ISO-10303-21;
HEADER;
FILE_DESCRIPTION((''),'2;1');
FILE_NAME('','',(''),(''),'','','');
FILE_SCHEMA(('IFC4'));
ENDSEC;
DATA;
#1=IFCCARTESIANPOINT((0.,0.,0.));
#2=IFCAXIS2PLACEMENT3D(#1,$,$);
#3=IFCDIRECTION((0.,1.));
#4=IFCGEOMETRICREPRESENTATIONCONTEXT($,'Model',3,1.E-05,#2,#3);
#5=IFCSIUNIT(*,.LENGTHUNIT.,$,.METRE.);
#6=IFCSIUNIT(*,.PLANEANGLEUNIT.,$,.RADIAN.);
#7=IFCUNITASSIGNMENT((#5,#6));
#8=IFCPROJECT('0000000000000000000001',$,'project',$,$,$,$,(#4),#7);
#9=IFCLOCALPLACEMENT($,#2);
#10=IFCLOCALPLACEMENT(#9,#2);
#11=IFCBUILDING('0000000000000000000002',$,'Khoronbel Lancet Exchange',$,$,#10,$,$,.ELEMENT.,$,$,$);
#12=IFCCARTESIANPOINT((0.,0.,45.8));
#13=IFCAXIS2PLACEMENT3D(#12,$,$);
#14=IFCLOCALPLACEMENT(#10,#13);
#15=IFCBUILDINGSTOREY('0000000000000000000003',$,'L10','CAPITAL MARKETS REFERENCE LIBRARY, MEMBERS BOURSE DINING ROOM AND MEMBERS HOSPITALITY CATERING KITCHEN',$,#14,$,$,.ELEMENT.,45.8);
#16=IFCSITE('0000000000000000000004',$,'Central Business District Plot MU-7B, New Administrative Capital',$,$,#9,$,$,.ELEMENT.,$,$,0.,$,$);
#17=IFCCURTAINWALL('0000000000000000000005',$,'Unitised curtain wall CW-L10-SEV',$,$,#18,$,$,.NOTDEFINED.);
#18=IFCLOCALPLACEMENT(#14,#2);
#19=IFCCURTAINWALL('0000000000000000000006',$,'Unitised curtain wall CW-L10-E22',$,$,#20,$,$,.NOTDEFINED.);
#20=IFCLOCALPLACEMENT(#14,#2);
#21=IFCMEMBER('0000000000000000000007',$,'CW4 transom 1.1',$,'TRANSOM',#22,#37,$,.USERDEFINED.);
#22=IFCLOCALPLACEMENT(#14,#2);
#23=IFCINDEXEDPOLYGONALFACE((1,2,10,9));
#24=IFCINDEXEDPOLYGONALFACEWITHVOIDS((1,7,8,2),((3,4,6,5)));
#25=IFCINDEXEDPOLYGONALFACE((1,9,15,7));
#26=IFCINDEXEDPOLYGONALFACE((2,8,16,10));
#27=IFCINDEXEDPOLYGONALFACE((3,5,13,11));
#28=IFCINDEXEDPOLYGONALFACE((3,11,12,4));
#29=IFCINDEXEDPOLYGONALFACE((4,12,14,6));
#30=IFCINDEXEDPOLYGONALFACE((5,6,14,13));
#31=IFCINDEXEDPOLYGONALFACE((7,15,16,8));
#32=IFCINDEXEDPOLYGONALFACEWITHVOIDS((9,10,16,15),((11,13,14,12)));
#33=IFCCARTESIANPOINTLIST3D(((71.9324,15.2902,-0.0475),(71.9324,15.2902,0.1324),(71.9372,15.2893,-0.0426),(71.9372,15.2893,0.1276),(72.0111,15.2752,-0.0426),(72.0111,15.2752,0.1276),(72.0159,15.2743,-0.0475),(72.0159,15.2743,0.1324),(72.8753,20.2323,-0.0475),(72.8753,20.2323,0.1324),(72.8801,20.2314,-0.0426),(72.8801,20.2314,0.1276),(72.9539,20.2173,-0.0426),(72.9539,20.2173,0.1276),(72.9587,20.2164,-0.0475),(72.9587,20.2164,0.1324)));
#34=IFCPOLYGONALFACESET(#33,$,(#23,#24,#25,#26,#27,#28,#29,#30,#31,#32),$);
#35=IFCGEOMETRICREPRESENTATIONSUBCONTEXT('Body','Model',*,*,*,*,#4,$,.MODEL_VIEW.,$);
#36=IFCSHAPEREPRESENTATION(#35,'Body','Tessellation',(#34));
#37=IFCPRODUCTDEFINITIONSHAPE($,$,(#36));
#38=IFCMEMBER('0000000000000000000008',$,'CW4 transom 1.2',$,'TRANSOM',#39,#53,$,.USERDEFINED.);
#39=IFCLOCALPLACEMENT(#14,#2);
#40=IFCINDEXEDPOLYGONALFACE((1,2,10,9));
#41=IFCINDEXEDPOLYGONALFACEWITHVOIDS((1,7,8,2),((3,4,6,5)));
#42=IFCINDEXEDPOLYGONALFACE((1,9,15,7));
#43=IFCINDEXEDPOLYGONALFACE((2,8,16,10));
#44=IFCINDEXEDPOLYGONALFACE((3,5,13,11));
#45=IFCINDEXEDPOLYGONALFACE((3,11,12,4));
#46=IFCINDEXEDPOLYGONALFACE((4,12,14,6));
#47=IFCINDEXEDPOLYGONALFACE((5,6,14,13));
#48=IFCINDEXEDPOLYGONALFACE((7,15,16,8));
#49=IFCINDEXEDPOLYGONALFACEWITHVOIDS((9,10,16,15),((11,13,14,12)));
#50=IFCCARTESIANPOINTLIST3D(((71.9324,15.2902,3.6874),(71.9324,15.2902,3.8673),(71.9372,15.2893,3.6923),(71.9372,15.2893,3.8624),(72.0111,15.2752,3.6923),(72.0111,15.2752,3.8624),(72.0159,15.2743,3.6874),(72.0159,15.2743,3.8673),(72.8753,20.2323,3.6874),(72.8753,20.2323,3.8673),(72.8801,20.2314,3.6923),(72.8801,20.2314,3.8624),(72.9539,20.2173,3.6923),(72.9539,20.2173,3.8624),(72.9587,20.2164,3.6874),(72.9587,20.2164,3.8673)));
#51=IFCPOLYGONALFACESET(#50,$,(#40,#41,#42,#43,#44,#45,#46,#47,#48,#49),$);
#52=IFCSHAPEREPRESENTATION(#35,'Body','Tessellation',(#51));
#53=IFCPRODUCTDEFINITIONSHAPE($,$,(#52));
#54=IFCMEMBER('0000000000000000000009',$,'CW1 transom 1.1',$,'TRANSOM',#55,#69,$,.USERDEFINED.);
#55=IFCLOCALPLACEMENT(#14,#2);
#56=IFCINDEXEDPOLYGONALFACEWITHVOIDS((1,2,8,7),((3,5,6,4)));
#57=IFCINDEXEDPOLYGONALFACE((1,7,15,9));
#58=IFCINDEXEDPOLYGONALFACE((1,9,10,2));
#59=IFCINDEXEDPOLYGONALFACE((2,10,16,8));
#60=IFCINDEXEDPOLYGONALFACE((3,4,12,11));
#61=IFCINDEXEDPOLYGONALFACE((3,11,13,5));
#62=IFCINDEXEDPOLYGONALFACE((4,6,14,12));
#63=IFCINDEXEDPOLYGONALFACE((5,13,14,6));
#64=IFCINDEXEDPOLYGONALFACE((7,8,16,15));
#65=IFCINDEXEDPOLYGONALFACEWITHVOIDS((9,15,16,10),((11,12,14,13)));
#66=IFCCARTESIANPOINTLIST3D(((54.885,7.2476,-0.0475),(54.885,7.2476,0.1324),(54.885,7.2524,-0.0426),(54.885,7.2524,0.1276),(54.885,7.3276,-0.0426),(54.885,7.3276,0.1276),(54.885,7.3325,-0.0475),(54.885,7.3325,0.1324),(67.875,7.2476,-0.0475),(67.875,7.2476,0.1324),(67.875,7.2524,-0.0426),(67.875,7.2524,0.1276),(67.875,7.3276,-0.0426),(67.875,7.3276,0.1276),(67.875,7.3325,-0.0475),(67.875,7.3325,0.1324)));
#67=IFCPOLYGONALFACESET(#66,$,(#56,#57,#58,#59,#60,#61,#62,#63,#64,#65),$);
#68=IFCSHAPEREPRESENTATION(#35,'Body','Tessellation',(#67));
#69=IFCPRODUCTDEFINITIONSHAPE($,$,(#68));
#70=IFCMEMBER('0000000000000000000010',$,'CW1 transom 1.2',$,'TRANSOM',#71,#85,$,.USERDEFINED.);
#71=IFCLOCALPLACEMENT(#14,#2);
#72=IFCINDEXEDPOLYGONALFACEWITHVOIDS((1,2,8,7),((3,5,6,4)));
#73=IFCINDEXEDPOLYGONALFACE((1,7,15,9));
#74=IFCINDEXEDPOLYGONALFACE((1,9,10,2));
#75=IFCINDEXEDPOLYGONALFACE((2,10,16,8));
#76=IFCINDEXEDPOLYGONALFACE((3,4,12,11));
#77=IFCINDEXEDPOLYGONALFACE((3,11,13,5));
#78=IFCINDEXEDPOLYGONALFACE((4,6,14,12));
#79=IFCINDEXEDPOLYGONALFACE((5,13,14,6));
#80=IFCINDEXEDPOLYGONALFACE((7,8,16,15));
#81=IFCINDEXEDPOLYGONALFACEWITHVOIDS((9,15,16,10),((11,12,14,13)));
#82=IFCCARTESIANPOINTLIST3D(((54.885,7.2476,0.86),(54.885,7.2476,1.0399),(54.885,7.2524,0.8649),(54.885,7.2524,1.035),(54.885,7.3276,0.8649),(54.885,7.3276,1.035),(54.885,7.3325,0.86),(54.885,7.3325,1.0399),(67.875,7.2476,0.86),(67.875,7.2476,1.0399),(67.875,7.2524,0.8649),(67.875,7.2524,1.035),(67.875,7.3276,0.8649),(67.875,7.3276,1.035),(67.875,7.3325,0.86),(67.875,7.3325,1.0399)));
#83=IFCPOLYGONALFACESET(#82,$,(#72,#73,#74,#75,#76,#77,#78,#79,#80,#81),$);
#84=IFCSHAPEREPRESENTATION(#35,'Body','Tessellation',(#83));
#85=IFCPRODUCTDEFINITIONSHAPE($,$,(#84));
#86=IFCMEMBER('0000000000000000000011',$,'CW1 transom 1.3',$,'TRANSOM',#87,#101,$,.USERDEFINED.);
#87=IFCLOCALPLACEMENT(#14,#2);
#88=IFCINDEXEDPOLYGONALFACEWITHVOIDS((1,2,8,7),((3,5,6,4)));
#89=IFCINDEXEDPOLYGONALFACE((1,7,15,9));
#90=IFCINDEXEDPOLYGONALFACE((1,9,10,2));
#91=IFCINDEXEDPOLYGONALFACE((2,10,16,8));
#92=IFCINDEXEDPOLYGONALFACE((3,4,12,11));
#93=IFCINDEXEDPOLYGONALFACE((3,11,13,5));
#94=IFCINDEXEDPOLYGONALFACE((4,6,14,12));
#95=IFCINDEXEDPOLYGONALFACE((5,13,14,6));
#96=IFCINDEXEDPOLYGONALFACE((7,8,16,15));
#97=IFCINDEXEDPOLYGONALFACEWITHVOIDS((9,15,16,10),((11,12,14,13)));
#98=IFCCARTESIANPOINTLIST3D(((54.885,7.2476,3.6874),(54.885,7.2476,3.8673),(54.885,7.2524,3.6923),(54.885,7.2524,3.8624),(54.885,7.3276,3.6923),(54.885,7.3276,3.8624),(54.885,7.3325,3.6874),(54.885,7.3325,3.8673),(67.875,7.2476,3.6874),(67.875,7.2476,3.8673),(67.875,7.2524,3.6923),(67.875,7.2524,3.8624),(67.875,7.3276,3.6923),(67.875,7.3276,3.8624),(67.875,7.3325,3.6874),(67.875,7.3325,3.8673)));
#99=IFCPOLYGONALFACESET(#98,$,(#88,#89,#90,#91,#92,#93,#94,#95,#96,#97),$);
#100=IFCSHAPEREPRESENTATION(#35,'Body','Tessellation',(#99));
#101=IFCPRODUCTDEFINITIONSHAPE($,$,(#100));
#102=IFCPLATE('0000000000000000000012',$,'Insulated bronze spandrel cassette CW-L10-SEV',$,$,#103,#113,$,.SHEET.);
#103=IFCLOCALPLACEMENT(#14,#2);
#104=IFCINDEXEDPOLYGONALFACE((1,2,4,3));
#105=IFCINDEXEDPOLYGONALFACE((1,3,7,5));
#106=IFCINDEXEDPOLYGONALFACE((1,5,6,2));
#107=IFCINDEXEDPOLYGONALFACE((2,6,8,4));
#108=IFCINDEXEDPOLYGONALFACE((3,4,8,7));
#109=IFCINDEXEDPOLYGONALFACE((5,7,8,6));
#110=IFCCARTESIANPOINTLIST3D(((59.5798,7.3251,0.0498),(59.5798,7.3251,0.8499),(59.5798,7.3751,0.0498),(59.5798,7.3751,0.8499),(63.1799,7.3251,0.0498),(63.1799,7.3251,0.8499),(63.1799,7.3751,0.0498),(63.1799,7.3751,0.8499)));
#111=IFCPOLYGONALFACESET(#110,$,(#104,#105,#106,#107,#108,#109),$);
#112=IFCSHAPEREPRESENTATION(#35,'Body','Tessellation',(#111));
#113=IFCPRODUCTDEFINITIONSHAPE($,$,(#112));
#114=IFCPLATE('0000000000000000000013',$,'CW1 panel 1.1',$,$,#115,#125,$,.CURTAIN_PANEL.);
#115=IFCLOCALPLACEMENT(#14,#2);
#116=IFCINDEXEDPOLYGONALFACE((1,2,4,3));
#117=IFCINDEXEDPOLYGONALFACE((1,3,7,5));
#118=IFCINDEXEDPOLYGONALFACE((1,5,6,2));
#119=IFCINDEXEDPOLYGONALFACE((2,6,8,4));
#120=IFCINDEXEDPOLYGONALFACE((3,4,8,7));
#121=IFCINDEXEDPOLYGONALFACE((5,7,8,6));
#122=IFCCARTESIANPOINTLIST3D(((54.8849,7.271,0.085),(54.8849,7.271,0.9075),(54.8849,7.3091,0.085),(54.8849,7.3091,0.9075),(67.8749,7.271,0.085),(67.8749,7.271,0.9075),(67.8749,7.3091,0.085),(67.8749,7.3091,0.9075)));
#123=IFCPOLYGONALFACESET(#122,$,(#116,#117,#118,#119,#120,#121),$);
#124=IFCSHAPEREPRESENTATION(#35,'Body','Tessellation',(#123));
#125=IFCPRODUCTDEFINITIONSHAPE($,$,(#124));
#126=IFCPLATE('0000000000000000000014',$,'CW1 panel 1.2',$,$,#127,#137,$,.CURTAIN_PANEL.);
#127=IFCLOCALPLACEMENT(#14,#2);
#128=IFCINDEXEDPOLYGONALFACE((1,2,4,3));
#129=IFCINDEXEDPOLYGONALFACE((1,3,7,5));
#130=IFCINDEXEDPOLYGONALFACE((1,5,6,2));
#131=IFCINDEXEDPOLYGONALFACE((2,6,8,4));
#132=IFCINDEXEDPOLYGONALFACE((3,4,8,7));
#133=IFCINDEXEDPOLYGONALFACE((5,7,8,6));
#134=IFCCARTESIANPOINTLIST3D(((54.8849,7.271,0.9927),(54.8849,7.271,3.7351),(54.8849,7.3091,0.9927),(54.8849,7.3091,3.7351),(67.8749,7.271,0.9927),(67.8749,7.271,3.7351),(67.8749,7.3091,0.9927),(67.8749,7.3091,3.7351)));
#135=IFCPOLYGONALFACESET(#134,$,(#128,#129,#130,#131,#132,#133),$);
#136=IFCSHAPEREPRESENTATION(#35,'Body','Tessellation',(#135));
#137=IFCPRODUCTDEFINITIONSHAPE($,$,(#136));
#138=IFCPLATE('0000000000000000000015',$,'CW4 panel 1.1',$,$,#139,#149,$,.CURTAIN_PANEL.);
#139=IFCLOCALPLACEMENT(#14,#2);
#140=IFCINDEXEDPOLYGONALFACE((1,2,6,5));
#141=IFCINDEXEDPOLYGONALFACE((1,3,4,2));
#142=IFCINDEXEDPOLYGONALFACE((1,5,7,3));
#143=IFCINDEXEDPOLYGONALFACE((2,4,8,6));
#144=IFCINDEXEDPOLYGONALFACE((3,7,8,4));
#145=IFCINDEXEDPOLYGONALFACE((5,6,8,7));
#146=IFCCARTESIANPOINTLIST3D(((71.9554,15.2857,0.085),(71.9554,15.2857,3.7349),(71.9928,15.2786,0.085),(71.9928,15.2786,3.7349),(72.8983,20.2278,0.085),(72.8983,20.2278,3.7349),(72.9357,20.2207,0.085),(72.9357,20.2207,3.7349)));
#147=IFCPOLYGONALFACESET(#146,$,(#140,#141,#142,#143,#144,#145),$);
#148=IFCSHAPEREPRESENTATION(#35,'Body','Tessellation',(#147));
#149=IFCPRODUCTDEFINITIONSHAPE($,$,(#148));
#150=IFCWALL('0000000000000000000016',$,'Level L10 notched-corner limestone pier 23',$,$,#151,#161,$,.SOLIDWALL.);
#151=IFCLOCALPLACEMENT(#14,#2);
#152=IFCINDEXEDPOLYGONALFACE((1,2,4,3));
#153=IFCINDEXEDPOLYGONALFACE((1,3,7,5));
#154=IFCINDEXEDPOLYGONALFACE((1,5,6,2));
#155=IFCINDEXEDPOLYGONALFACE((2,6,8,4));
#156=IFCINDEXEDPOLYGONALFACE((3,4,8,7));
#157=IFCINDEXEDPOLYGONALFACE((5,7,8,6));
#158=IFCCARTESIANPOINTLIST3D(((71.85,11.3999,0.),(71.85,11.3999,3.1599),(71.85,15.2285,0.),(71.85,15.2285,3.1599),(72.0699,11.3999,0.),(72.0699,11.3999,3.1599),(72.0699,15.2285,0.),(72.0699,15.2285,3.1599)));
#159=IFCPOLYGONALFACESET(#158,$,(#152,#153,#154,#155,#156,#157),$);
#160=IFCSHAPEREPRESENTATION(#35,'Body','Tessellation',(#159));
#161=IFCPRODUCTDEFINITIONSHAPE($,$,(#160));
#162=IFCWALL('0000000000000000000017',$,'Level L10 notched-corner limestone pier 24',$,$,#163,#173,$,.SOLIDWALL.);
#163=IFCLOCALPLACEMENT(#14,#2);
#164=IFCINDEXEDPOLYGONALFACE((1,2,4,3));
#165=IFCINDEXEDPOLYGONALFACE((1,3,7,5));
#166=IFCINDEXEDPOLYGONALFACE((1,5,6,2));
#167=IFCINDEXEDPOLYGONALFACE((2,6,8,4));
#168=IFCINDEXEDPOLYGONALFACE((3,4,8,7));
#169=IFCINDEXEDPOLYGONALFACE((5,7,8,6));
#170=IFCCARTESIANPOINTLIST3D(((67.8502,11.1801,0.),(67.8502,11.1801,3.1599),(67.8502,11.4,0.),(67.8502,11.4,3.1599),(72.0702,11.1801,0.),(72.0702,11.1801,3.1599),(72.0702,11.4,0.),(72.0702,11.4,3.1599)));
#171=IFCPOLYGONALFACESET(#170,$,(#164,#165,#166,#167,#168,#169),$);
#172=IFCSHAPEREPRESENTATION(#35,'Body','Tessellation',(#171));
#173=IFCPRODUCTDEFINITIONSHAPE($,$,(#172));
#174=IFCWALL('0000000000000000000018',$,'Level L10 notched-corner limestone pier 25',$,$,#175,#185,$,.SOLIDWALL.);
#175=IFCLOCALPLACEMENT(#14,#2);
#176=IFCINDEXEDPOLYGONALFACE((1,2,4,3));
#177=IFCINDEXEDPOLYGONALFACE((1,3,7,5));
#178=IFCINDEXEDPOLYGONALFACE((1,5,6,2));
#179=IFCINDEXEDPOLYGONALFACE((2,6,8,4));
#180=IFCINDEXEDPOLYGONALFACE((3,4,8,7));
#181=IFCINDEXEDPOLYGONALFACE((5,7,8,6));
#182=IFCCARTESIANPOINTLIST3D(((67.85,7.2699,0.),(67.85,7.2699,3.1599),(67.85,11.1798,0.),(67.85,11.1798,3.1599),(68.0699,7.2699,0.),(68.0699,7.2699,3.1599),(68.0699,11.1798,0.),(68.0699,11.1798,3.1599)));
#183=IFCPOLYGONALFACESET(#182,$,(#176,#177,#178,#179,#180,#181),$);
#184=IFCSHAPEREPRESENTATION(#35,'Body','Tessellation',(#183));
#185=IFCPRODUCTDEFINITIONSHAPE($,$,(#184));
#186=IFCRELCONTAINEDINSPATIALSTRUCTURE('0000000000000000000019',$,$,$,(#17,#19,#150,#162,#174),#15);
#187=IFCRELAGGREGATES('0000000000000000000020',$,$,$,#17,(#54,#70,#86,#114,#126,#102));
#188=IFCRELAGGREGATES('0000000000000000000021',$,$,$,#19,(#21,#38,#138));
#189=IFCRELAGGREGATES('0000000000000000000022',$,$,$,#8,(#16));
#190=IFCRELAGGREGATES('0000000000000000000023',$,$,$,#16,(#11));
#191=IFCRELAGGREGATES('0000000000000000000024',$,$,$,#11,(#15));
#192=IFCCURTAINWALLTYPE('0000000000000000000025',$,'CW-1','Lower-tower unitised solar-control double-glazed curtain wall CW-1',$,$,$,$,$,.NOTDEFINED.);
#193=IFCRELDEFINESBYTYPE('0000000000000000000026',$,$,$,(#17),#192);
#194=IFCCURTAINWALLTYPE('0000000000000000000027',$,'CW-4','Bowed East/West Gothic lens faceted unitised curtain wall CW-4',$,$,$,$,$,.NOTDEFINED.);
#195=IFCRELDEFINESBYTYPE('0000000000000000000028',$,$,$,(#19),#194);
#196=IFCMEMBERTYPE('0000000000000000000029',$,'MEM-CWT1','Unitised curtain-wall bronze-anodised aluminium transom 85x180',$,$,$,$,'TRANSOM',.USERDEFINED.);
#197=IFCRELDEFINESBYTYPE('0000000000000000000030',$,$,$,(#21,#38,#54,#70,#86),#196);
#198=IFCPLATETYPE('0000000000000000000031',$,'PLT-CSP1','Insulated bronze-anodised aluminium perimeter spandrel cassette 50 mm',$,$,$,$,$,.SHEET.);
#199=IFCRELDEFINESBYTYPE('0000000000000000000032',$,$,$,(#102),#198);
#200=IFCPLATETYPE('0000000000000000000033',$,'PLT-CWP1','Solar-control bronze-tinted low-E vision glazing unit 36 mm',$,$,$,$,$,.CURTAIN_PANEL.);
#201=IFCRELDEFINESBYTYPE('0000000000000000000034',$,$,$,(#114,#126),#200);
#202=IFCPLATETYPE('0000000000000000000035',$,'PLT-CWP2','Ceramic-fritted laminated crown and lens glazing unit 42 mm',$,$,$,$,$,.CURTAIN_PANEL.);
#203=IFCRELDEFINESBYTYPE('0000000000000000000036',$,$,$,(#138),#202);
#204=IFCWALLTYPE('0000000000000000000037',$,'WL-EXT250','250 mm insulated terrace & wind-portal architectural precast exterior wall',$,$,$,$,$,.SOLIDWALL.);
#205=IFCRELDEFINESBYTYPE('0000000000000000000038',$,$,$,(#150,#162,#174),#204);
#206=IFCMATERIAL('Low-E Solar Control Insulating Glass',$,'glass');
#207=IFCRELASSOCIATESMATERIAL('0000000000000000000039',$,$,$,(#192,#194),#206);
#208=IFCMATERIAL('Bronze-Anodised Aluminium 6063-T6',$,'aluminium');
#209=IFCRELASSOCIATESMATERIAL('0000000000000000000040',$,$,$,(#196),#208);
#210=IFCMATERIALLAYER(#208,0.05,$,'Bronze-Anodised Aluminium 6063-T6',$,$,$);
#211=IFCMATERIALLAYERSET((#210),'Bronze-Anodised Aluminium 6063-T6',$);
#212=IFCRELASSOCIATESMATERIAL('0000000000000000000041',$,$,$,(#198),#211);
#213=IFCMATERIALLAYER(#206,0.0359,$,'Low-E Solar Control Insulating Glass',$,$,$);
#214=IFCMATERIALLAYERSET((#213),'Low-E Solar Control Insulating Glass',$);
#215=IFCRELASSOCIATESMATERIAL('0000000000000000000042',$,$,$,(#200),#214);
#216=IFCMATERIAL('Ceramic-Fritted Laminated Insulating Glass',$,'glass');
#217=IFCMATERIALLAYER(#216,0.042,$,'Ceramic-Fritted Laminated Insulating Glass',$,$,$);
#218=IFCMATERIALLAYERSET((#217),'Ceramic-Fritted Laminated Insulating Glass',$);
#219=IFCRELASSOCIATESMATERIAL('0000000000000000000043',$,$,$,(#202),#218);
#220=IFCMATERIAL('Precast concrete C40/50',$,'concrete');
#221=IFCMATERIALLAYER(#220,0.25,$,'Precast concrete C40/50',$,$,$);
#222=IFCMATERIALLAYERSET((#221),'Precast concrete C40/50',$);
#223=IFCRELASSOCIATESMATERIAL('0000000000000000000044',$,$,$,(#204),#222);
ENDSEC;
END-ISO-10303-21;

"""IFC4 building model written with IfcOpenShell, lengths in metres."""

from ifc_helpers import new_model, si_unit, direction, frame, frame_2d, origin, origin_2d, place, context, subcontext, project, spatial, rectangle, hollow_rectangle, extrude, material, layer, layer_set, material_profile, profile_set, type_object, element, aggregate, save


model = new_model("IFC4")

# Units and contexts
model_context = context("Model", 3, precision=1e-05, world=origin(), true_north=direction((0.0, 1.0)))
body_context = subcontext(model_context, "Body", "Model", "MODEL_VIEW")
ifc_project = project(units=[si_unit("LENGTHUNIT", "METRE"), si_unit("PLANEANGLEUNIT", "RADIAN")], contexts=[model_context])

# Site, building, storey
site_placement = place(None, origin())
site = spatial("IfcSite", under=ifc_project, at=site_placement, Name="Central Business District Plot MU-7B, New Administrative Capital", CompositionType="ELEMENT", RefElevation=0.0)
building_placement = place(site_placement, origin())
building = spatial("IfcBuilding", under=site, at=building_placement, Name="Khoronbel Lancet Exchange", CompositionType="ELEMENT")
storey_placement = place(building_placement, frame((0.0, 0.0, 45.8)))
storey = spatial("IfcBuildingStorey", under=building, at=storey_placement, Name="L10", Description="CAPITAL MARKETS REFERENCE LIBRARY, MEMBERS BOURSE DINING ROOM AND MEMBERS HOSPITALITY CATERING KITCHEN", CompositionType="ELEMENT", Elevation=45.8)

# Shared definitions
ifc_material_1 = material(Name="Low-E Solar Control Insulating Glass", Category="glass")
curtain_wall_type_1 = type_object("IfcCurtainWallType", Name="CW-1", Description="Lower-tower unitised solar-control double-glazed curtain wall CW-1", PredefinedType="NOTDEFINED", material=ifc_material_1)
ifc_material_2 = material(Name="Bronze-Anodised Aluminium 6063-T6", Category="aluminium")

# Curtain walls, members
curtain_wall_1_placement = place(storey_placement, origin())
curtain_wall_1 = element("IfcCurtainWall", 1, at=curtain_wall_1_placement, inside=storey, type_object=curtain_wall_type_1, Name="Unitised curtain wall CW-L10-SEV", PredefinedType="NOTDEFINED")
curtain_wall_type_2 = type_object("IfcCurtainWallType", Name="CW-4", Description="Bowed East/West Gothic lens faceted unitised curtain wall CW-4", PredefinedType="NOTDEFINED", material=ifc_material_1)
curtain_wall_2_placement = place(storey_placement, origin())
curtain_wall_2 = element("IfcCurtainWall", 2, at=curtain_wall_2_placement, inside=storey, type_object=curtain_wall_type_2, Name="Unitised curtain wall CW-L10-E22", PredefinedType="NOTDEFINED")
ifc_material_profile_1 = material_profile(ifc_material_2, hollow_rectangle(XDim=0.085, YDim=0.1799, WallThickness=0.0049, at=origin_2d()), Name="ALU TRANSOM 85x180")
ifc_profile_set_1 = profile_set([ifc_material_profile_1], Name="Bronze-Anodised Aluminium 6063-T6")
member_type_1 = type_object("IfcMemberType", Name="MEM-CWT1", Description="Unitised curtain-wall bronze-anodised aluminium transom 85x180", ElementType="TRANSOM", PredefinedType="USERDEFINED", material=ifc_profile_set_1)
member_1_placement = place(storey_placement, frame((72.917, 20.2244, 0.0425), z_axis=(-0.187402, -0.982283, 0.0), x_axis=(0.982283, -0.187402, 0.0)))
member_1 = element("IfcMember", 3, at=member_1_placement, type_object=member_type_1, Name="CW4 transom 1.1", ObjectType="TRANSOM", PredefinedType="USERDEFINED", context=body_context, shape_type="SweptSolid", body=[
    extrude(hollow_rectangle(XDim=0.085, YDim=0.1799, WallThickness=0.0049, at=origin_2d()), origin(), (0.0, 0.0, 1.0), 5.0312),
])
member_2_placement = place(storey_placement, frame((72.917, 20.2244, 3.7773), z_axis=(-0.187402, -0.982283, 0.0), x_axis=(0.982283, -0.187402, 0.0)))
member_2 = element("IfcMember", 4, at=member_2_placement, type_object=member_type_1, Name="CW4 transom 1.2", ObjectType="TRANSOM", PredefinedType="USERDEFINED", context=body_context, shape_type="SweptSolid", body=[
    extrude(hollow_rectangle(XDim=0.085, YDim=0.1799, WallThickness=0.0049, at=origin_2d()), origin(), (0.0, 0.0, 1.0), 5.0312),
])

# Members
member_3_placement = place(storey_placement, frame((54.885, 7.29, 0.0425), z_axis=(1.0, 0.0, 0.0), x_axis=(0.0, 1.0, 0.0)))
member_3 = element("IfcMember", 5, at=member_3_placement, type_object=member_type_1, Name="CW1 transom 1.1", ObjectType="TRANSOM", PredefinedType="USERDEFINED", context=body_context, shape_type="SweptSolid", body=[
    extrude(hollow_rectangle(XDim=0.085, YDim=0.1799, WallThickness=0.0049, at=origin_2d()), origin(), (0.0, 0.0, 1.0), 12.99),
])
member_4_placement = place(storey_placement, frame((54.885, 7.29, 0.95), z_axis=(1.0, 0.0, 0.0), x_axis=(0.0, 1.0, 0.0)))
member_4 = element("IfcMember", 6, at=member_4_placement, type_object=member_type_1, Name="CW1 transom 1.2", ObjectType="TRANSOM", PredefinedType="USERDEFINED", context=body_context, shape_type="SweptSolid", body=[
    extrude(hollow_rectangle(XDim=0.085, YDim=0.1799, WallThickness=0.0049, at=origin_2d()), origin(), (0.0, 0.0, 1.0), 12.99),
])
member_5_placement = place(storey_placement, frame((54.885, 7.29, 3.7773), z_axis=(1.0, 0.0, 0.0), x_axis=(0.0, 1.0, 0.0)))
member_5 = element("IfcMember", 7, at=member_5_placement, type_object=member_type_1, Name="CW1 transom 1.3", ObjectType="TRANSOM", PredefinedType="USERDEFINED", context=body_context, shape_type="SweptSolid", body=[
    extrude(hollow_rectangle(XDim=0.085, YDim=0.1799, WallThickness=0.0049, at=origin_2d()), origin(), (0.0, 0.0, 1.0), 12.99),
])

# Plates
ifc_layer_1 = layer(ifc_material_2, 0.05, Name="Bronze-Anodised Aluminium 6063-T6")
ifc_layer_set_1 = layer_set([ifc_layer_1], Name="Bronze-Anodised Aluminium 6063-T6")
plate_type_1 = type_object("IfcPlateType", Name="PLT-CSP1", Description="Insulated bronze-anodised aluminium perimeter spandrel cassette 50 mm", PredefinedType="SHEET", material=ifc_layer_set_1)
plate_1_placement = place(storey_placement, frame((61.3799, 7.3501, 0.0498), z_axis=(0.0, 0.0, 1.0), x_axis=(1.0, 0.0, 0.0)))
plate_1 = element("IfcPlate", 8, at=plate_1_placement, type_object=plate_type_1, Name="Insulated bronze spandrel cassette CW-L10-SEV", PredefinedType="SHEET", context=body_context, shape_type="SweptSolid", body=[
    extrude(rectangle(XDim=3.6001, YDim=0.05, at=origin_2d()), origin(), (0.0, 0.0, 1.0), 0.8),
])
ifc_layer_2 = layer(ifc_material_1, 0.0359, Name="Low-E Solar Control Insulating Glass")
ifc_layer_set_2 = layer_set([ifc_layer_2], Name="Low-E Solar Control Insulating Glass")
plate_type_2 = type_object("IfcPlateType", Name="PLT-CWP1", Description="Solar-control bronze-tinted low-E vision glazing unit 36 mm", PredefinedType="CURTAIN_PANEL", material=ifc_layer_set_2)
plate_2_placement = place(storey_placement, frame((61.3799, 7.29, 0.085), z_axis=(0.0, 0.0, 1.0), x_axis=(1.0, 0.0, 0.0)))
plate_2 = element("IfcPlate", 9, at=plate_2_placement, type_object=plate_type_2, Name="CW1 panel 1.1", PredefinedType="CURTAIN_PANEL", context=body_context, shape_type="SweptSolid", body=[
    extrude(rectangle(XDim=12.99, YDim=0.0381, at=origin_2d()), origin(), (0.0, 0.0, 1.0), 0.8225),
])
plate_3_placement = place(storey_placement, frame((61.3799, 7.29, 0.9927), z_axis=(0.0, 0.0, 1.0), x_axis=(1.0, 0.0, 0.0)))
plate_3 = element("IfcPlate", 10, at=plate_3_placement, type_object=plate_type_2, Name="CW1 panel 1.2", PredefinedType="CURTAIN_PANEL", context=body_context, shape_type="SweptSolid", body=[
    extrude(rectangle(XDim=12.99, YDim=0.0381, at=origin_2d()), origin(), (0.0, 0.0, 1.0), 2.7424),
])
aggregate(curtain_wall_1, [member_3, member_4, member_5, plate_2, plate_3, plate_1])
ifc_material_3 = material(Name="Ceramic-Fritted Laminated Insulating Glass", Category="glass")
ifc_layer_3 = layer(ifc_material_3, 0.042, Name="Ceramic-Fritted Laminated Insulating Glass")
ifc_layer_set_3 = layer_set([ifc_layer_3], Name="Ceramic-Fritted Laminated Insulating Glass")
plate_type_3 = type_object("IfcPlateType", Name="PLT-CWP2", Description="Ceramic-fritted laminated crown and lens glazing unit 42 mm", PredefinedType="CURTAIN_PANEL", material=ifc_layer_set_3)
plate_4_placement = place(storey_placement, frame((72.4456, 17.7532, 0.085), z_axis=(0.0, 0.0, 1.0), x_axis=(-0.187423, -0.982279, 0.0)))
plate_4 = element("IfcPlate", 11, at=plate_4_placement, type_object=plate_type_3, Name="CW4 panel 1.1", PredefinedType="CURTAIN_PANEL", context=body_context, shape_type="SweptSolid", body=[
    extrude(rectangle(XDim=5.0312, YDim=0.0381, at=origin_2d()), origin(), (0.0, 0.0, 1.0), 3.6499),
])
aggregate(curtain_wall_2, [member_1, member_2, plate_4])

# Walls
ifc_material_4 = material(Name="Precast concrete C40/50", Category="concrete")
ifc_layer_4 = layer(ifc_material_4, 0.25, Name="Precast concrete C40/50")
ifc_layer_set_4 = layer_set([ifc_layer_4], Name="Precast concrete C40/50")
wall_type_1 = type_object("IfcWallType", Name="WL-EXT250", Description="250 mm insulated terrace & wind-portal architectural precast exterior wall", PredefinedType="SOLIDWALL", material=ifc_layer_set_4)
wall_1_placement = place(storey_placement, frame((71.96, 15.2285, 0.0), z_axis=(0.0, 0.0, 1.0), x_axis=(0.0, -1.0, 0.0)))
element("IfcWall", 12, at=wall_1_placement, inside=storey, type_object=wall_type_1, Name="Level L10 notched-corner limestone pier 23", PredefinedType="SOLIDWALL", context=body_context, shape_type="SweptSolid", body=[
    extrude(rectangle(XDim=3.8286, YDim=0.22, at=frame_2d((1.9143, 0.0))), origin(), (0.0, 0.0, 1.0), 3.1599),
])
wall_2_placement = place(storey_placement, frame((72.0701, 11.29, 0.0), z_axis=(0.0, 0.0, 1.0), x_axis=(-1.0, 0.0, 0.0)))
element("IfcWall", 13, at=wall_2_placement, inside=storey, type_object=wall_type_1, Name="Level L10 notched-corner limestone pier 24", PredefinedType="SOLIDWALL", context=body_context, shape_type="SweptSolid", body=[
    extrude(rectangle(XDim=4.22, YDim=0.22, at=frame_2d((2.1099, 0.0))), origin(), (0.0, 0.0, 1.0), 3.1599),
])
wall_3_placement = place(storey_placement, frame((67.96, 11.1799, 0.0), z_axis=(0.0, 0.0, 1.0), x_axis=(0.0, -1.0, 0.0)))
element("IfcWall", 14, at=wall_3_placement, inside=storey, type_object=wall_type_1, Name="Level L10 notched-corner limestone pier 25", PredefinedType="SOLIDWALL", context=body_context, shape_type="SweptSolid", body=[
    extrude(rectangle(XDim=3.9099, YDim=0.22, at=frame_2d((1.9551, 0.0))), origin(), (0.0, 0.0, 1.0), 3.1599),
])

save(model, "model.ifc")
